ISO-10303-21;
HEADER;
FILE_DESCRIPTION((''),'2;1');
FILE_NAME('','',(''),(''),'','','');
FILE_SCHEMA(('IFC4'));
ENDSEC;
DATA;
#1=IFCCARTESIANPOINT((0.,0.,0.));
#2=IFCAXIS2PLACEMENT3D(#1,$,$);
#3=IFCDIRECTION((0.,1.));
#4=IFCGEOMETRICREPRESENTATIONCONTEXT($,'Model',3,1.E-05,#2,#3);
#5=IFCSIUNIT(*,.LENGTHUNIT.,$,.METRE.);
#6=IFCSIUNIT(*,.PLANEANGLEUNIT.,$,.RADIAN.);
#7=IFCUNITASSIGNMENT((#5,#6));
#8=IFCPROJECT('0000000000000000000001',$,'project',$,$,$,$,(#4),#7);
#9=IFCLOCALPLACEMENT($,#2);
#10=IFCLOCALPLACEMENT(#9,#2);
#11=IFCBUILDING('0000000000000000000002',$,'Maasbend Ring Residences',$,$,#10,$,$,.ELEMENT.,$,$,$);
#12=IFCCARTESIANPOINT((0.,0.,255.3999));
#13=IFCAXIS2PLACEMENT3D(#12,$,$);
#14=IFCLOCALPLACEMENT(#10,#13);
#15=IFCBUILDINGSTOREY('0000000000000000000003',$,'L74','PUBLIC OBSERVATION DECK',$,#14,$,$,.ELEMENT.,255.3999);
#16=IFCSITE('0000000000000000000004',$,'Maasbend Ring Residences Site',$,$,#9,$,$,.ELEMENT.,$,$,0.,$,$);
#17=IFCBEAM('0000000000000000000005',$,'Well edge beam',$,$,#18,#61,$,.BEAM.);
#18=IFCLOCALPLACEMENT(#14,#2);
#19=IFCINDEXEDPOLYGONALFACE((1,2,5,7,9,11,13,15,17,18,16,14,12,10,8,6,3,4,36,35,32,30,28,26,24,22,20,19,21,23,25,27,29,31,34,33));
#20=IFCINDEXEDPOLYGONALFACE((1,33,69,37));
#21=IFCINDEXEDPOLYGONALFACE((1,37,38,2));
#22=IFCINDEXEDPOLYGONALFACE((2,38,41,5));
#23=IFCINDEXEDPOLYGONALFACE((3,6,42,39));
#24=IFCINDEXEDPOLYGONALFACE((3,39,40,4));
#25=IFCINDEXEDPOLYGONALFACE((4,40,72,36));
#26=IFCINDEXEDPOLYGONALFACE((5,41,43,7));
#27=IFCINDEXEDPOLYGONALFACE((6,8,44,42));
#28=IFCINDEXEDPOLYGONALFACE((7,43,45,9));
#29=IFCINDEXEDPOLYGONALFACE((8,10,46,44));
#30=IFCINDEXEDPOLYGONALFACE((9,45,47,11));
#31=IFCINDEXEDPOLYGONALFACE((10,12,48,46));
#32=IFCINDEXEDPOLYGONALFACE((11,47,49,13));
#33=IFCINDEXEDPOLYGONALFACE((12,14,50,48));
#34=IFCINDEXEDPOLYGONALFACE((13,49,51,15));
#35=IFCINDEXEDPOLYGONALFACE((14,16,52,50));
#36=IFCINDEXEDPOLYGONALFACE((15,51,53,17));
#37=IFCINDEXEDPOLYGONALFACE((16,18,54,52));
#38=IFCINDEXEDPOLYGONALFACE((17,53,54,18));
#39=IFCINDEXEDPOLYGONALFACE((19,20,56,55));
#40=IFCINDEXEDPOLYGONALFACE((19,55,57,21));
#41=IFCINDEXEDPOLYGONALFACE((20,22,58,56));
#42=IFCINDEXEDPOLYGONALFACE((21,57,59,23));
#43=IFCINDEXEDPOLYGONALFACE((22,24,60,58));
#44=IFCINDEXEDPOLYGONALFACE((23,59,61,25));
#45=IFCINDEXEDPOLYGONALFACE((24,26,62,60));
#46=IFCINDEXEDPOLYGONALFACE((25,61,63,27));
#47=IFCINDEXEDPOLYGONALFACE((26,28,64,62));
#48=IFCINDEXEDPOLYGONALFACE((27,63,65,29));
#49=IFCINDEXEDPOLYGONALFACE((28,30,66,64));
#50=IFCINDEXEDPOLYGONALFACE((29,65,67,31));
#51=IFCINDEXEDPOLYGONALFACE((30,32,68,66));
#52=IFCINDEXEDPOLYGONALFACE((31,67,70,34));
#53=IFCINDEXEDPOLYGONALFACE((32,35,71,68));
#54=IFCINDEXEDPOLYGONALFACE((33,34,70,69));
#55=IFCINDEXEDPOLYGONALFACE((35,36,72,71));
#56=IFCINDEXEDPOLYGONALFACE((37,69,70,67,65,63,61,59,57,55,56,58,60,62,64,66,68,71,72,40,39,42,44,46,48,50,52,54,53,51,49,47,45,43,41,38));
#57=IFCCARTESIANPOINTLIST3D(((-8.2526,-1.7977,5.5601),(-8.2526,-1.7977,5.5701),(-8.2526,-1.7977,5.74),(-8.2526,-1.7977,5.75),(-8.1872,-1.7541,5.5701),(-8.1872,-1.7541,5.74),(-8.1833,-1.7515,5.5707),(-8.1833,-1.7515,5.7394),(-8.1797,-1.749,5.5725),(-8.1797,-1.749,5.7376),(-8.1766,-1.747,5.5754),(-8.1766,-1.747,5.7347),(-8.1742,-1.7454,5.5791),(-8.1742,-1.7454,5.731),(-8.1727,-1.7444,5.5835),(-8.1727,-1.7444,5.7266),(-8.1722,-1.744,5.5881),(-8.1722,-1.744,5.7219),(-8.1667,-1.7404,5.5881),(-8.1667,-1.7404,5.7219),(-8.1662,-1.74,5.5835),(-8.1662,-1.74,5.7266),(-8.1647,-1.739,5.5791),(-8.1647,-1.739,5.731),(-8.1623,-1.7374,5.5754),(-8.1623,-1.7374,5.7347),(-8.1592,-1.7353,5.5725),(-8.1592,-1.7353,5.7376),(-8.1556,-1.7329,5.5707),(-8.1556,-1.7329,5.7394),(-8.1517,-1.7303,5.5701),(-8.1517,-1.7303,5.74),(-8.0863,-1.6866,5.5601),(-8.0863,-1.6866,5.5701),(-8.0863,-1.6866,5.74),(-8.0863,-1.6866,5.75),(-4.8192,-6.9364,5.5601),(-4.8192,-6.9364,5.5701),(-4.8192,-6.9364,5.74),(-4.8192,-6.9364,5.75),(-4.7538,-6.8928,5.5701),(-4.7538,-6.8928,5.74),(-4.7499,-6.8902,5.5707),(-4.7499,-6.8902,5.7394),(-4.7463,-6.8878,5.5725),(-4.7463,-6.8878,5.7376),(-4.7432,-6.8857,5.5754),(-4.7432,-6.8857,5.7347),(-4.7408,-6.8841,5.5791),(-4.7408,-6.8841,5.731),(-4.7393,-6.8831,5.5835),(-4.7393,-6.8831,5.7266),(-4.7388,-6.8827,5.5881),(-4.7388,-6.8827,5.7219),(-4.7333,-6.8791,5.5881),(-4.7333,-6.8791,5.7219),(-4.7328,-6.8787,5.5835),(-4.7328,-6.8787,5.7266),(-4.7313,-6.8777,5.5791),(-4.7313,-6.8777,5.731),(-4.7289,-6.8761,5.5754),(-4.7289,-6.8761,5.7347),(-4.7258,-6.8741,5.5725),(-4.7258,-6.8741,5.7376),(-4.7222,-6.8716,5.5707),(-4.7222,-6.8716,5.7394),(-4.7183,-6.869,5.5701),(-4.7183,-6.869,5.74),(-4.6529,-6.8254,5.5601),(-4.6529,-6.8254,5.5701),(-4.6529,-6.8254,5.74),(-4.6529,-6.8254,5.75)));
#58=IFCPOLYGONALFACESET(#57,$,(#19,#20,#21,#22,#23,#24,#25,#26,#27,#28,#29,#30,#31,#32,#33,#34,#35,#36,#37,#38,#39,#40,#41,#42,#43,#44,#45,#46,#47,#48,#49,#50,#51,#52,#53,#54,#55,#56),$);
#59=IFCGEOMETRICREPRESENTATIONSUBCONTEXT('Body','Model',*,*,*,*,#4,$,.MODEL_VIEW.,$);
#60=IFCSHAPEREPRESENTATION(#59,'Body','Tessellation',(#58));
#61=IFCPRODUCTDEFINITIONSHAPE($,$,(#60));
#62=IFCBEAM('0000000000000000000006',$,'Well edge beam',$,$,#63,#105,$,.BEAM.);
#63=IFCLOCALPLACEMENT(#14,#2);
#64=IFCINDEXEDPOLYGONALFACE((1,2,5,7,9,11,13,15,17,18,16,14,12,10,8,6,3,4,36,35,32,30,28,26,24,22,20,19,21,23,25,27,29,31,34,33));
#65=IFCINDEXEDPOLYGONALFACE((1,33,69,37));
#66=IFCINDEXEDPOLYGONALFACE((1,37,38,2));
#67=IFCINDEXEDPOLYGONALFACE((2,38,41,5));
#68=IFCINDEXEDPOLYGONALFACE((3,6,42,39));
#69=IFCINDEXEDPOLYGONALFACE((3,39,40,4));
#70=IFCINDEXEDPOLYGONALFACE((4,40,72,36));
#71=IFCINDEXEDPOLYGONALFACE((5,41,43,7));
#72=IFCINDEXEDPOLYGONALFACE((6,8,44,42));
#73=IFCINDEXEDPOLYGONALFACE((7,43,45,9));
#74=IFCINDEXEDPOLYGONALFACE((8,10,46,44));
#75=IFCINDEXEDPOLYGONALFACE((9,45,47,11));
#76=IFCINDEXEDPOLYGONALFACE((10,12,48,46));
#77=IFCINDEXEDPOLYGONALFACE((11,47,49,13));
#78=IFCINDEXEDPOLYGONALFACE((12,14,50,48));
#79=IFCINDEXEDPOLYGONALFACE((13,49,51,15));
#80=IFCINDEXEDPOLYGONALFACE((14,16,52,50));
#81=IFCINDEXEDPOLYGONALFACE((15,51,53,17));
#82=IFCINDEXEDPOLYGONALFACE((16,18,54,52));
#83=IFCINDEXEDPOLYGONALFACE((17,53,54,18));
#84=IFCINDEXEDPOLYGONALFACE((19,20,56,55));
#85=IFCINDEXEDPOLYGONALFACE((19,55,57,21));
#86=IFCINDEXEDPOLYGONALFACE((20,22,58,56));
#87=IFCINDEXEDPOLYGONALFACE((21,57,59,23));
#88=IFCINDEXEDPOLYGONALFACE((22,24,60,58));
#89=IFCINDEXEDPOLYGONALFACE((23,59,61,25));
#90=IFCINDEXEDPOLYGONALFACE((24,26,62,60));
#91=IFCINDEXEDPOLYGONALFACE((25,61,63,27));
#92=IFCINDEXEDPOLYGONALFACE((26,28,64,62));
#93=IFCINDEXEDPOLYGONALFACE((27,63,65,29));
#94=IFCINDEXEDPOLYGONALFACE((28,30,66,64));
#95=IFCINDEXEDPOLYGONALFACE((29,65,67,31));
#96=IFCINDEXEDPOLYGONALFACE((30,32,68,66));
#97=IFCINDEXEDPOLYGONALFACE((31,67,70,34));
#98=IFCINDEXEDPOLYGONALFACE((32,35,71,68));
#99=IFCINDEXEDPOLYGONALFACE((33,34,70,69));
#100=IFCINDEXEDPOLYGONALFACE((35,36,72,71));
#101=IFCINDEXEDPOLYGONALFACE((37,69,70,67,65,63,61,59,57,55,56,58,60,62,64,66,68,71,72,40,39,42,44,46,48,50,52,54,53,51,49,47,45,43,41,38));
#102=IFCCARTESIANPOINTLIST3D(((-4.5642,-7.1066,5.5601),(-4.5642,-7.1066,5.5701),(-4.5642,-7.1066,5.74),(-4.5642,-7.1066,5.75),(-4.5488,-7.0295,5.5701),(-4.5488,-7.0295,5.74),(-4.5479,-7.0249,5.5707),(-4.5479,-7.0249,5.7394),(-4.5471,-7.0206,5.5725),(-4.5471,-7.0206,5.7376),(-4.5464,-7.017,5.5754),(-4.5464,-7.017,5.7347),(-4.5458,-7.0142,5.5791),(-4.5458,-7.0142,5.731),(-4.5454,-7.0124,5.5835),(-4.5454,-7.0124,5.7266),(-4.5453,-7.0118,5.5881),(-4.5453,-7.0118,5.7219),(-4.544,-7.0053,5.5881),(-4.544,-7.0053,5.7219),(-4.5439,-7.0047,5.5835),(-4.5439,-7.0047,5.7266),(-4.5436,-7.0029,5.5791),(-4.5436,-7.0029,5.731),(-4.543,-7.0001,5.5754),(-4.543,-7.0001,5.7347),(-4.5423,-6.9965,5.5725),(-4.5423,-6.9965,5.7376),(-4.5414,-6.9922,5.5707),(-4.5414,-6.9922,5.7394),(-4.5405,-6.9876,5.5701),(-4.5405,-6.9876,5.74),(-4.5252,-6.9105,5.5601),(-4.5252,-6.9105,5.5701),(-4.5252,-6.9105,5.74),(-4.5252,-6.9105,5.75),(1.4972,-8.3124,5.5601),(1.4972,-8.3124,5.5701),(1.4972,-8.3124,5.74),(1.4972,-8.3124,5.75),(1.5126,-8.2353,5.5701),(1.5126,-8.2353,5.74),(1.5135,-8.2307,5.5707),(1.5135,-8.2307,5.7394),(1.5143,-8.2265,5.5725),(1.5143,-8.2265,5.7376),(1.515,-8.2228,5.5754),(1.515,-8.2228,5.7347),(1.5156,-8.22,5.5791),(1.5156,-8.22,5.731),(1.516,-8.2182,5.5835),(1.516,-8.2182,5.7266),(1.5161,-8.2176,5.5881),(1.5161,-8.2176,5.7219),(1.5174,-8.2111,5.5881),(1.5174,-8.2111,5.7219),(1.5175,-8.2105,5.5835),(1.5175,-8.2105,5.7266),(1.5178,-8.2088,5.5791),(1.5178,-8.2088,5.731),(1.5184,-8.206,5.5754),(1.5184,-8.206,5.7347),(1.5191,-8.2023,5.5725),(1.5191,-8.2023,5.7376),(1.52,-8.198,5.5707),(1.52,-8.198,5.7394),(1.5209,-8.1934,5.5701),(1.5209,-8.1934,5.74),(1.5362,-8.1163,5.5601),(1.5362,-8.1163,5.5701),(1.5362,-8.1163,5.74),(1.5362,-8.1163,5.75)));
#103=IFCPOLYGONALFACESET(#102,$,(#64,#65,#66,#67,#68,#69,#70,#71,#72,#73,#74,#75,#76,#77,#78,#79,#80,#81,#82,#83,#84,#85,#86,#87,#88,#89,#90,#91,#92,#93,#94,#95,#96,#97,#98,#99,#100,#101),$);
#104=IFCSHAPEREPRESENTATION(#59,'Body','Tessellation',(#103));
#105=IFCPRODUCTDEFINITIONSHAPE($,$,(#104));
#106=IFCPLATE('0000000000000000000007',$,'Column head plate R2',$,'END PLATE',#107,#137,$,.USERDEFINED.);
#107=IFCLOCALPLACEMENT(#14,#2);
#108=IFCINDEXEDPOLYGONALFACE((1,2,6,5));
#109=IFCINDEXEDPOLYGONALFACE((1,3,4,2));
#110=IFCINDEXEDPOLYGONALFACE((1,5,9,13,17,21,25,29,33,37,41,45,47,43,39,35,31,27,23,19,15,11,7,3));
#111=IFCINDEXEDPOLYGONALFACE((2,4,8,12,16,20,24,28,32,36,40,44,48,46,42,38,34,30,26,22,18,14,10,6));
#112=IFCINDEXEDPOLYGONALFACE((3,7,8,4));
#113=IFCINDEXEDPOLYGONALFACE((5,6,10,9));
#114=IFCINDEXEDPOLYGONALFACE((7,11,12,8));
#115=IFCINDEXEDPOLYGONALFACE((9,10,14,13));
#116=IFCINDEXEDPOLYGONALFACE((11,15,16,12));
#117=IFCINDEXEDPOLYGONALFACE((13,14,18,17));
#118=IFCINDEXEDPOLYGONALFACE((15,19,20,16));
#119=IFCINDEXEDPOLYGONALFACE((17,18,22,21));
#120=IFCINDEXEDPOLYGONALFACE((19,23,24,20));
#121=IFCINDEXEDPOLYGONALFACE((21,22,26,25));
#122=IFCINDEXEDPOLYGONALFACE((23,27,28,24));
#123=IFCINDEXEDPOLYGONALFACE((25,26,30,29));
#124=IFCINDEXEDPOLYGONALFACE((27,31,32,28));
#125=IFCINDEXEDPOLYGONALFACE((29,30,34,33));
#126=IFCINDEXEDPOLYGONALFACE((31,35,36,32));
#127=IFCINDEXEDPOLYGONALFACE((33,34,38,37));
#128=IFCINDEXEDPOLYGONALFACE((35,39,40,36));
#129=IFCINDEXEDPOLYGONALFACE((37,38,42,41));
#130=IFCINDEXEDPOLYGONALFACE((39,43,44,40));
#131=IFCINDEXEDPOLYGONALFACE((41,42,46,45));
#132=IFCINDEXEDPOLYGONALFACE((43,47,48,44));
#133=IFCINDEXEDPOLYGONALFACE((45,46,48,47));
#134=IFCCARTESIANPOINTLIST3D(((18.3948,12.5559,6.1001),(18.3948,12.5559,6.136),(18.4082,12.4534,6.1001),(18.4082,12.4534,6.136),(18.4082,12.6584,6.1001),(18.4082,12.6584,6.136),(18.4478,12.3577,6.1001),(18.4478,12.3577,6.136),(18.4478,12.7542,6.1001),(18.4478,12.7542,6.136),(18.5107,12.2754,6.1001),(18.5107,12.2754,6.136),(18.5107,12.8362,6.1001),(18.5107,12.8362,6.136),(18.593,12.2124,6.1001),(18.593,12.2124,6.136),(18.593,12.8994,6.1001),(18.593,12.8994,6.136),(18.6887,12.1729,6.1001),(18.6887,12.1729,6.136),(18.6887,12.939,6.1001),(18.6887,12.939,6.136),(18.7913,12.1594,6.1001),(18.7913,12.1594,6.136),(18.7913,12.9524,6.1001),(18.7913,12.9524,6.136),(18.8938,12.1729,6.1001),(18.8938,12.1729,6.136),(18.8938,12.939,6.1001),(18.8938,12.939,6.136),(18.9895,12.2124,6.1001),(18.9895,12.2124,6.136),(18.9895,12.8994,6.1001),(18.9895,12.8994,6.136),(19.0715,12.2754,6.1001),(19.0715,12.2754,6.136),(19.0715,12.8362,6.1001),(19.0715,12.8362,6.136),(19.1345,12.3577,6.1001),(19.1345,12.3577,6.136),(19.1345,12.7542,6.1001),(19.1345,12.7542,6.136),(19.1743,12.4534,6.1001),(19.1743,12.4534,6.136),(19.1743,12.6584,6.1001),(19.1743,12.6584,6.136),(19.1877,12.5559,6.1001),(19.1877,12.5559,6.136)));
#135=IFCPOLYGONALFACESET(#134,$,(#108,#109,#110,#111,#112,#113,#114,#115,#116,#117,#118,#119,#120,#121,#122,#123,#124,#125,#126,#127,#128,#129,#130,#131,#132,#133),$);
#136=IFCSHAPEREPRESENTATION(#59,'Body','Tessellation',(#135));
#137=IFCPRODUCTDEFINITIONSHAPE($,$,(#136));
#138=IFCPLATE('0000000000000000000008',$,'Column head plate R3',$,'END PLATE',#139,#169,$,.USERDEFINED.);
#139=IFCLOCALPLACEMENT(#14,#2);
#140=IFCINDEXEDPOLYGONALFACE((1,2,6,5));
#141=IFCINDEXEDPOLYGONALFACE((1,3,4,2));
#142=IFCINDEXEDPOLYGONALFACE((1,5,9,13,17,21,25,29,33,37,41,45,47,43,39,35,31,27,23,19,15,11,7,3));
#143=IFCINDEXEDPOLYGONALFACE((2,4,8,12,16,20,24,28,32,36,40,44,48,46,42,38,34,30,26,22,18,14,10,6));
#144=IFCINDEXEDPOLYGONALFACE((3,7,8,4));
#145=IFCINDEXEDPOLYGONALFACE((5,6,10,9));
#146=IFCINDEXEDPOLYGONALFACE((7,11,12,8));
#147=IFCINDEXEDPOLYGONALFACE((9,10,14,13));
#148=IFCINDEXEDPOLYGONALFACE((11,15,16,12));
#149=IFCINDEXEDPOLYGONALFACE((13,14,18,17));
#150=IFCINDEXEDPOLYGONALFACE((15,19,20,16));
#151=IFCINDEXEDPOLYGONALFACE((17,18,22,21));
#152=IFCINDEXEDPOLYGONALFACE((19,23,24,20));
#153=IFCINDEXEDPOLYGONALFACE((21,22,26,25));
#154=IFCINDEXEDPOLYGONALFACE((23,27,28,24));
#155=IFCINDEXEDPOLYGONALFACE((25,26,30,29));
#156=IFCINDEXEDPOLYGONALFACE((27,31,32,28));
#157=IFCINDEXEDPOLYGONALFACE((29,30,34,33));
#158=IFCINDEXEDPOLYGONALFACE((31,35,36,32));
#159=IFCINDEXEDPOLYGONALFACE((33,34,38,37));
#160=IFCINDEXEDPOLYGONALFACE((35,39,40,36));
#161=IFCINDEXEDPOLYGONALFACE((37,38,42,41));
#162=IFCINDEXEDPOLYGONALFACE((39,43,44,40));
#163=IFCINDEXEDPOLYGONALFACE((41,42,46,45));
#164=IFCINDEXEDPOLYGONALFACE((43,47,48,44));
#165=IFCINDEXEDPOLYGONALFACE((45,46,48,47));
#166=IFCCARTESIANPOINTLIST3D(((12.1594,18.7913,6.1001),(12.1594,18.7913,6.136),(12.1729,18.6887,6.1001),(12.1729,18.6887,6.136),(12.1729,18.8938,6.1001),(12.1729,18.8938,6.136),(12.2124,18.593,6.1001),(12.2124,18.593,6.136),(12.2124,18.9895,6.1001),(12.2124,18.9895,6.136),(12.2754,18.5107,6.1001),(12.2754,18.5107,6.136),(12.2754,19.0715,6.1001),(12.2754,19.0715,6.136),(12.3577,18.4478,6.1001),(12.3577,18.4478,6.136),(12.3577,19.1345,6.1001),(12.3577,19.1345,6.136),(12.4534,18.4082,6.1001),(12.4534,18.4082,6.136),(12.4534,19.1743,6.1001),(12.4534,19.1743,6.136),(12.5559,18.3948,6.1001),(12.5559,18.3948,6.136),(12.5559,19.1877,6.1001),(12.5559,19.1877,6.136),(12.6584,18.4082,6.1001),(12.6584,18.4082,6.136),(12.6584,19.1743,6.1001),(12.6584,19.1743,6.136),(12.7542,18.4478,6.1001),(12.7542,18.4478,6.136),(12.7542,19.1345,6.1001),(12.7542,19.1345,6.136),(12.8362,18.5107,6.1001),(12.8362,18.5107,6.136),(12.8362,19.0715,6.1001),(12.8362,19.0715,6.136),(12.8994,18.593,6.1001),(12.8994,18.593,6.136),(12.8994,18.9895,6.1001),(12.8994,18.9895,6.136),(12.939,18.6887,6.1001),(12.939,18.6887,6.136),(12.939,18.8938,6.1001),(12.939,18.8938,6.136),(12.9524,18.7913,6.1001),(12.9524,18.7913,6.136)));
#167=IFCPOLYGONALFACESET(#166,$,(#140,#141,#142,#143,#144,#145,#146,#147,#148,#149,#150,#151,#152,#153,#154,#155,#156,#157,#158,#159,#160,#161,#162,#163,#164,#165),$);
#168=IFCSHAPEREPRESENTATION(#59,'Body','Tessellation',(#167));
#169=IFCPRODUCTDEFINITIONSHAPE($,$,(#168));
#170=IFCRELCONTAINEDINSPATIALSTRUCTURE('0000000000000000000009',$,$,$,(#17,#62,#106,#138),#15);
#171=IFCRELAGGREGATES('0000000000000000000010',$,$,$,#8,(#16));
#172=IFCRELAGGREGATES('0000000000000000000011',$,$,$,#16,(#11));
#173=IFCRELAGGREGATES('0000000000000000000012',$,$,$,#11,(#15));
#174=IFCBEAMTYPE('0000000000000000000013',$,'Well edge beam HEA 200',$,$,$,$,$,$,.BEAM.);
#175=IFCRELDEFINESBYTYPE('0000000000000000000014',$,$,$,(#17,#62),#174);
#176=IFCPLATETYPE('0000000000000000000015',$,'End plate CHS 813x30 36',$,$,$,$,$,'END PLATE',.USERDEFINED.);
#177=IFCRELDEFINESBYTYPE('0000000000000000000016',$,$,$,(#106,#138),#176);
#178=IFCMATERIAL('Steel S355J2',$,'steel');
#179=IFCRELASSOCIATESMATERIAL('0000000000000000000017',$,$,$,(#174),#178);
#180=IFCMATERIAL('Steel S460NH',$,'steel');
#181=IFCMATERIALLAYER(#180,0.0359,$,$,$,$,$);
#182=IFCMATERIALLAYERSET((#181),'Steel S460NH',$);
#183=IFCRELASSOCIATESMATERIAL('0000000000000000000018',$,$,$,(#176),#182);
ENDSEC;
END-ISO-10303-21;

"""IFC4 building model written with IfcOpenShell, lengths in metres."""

from ifc_helpers import new_model, si_unit, direction, frame, origin, origin_2d, place, context, subcontext, project, spatial, polyline, i_section, outline, extrude, material, layer, layer_set, material_profile, profile_set, type_object, element, save


model = new_model("IFC4")

# Units and contexts
model_context = context("Model", 3, precision=1e-05, world=origin(), true_north=direction((0.0, 1.0)))
body_context = subcontext(model_context, "Body", "Model", "MODEL_VIEW")
ifc_project = project(units=[si_unit("LENGTHUNIT", "METRE"), si_unit("PLANEANGLEUNIT", "RADIAN")], contexts=[model_context])

# Site, building, storey
site_placement = place(None, origin())
site = spatial("IfcSite", under=ifc_project, at=site_placement, Name="Maasbend Ring Residences Site", CompositionType="ELEMENT", RefElevation=0.0)
building_placement = place(site_placement, origin())
building = spatial("IfcBuilding", under=site, at=building_placement, Name="Maasbend Ring Residences", CompositionType="ELEMENT")
storey_placement = place(building_placement, frame((0.0, 0.0, 255.3999)))
storey = spatial("IfcBuildingStorey", under=building, at=storey_placement, Name="L74", Description="PUBLIC OBSERVATION DECK", CompositionType="ELEMENT", Elevation=255.3999)

# Beams
ifc_material_1 = material(Name="Steel S355J2", Category="steel")
ifc_material_profile_1 = material_profile(ifc_material_1, i_section(OverallWidth=0.2, OverallDepth=0.1899, WebThickness=0.0066, FlangeThickness=0.01, FilletRadius=0.0181, at=origin_2d()), Name="HEA 200")
ifc_profile_set_1 = profile_set([ifc_material_profile_1], Name="Steel S355J2")
beam_type_1 = type_object("IfcBeamType", Name="Well edge beam HEA 200", PredefinedType="BEAM", material=ifc_profile_set_1)
for number, where, z_axis, x_axis, name in (
    (1, (-8.1694, -1.7422, 5.655), (0.555548, -0.831485, 0.0), (0.831485, 0.555548, 0.0), "Well edge beam"),
    (2, (-4.5447, -7.0085, 5.655), (0.980781, -0.195113, 0.0), (0.195113, 0.980781, 0.0), "Well edge beam"),
):
    element("IfcBeam", number, at=place(storey_placement, frame(where, z_axis=z_axis, x_axis=x_axis)), inside=storey, type_object=beam_type_1, Name=name, PredefinedType="BEAM", context=body_context, shape_type="SweptSolid", body=[
        extrude(i_section(OverallWidth=0.2, OverallDepth=0.1899, WebThickness=0.0066, FlangeThickness=0.01, FilletRadius=0.0181, at=origin_2d()), origin(), (0.0, 0.0, 1.0), 6.1802),
    ])

# Plates
ifc_material_2 = material(Name="Steel S460NH", Category="steel")
ifc_layer_1 = layer(ifc_material_2, 0.0359)
ifc_layer_set_1 = layer_set([ifc_layer_1], Name="Steel S460NH")
plate_type = type_object("IfcPlateType", Name="End plate CHS 813x30 36", ElementType="END PLATE", PredefinedType="USERDEFINED", material=ifc_layer_set_1)
plate_1_placement = place(storey_placement, frame((0.0, 0.0, 6.1001)))
element("IfcPlate", 3, at=plate_1_placement, inside=storey, type_object=plate_type, Name="Column head plate R2", ObjectType="END PLATE", PredefinedType="USERDEFINED", context=body_context, shape_type="SweptSolid", body=[
    extrude(outline(polyline([(19.1877, 12.5559), (19.1743, 12.6584), (19.1345, 12.7542), (19.0715, 12.8362), (18.9895, 12.8994), (18.8938, 12.939), (18.7913, 12.9524), (18.6887, 12.939), (18.593, 12.8994), (18.5107, 12.8362), (18.4478, 12.7542), (18.4082, 12.6584), (18.3948, 12.5559), (18.4082, 12.4534), (18.4478, 12.3577), (18.5107, 12.2754), (18.593, 12.2124), (18.6887, 12.1729), (18.7913, 12.1594), (18.8938, 12.1729), (18.9895, 12.2124), (19.0715, 12.2754), (19.1345, 12.3577), (19.1743, 12.4534), (19.1877, 12.5559)])), origin(), (0.0, 0.0, 1.0), 0.0359),
])
plate_2_placement = place(storey_placement, frame((0.0, 0.0, 6.1001)))
element("IfcPlate", 4, at=plate_2_placement, inside=storey, type_object=plate_type, Name="Column head plate R3", ObjectType="END PLATE", PredefinedType="USERDEFINED", context=body_context, shape_type="SweptSolid", body=[
    extrude(outline(polyline([(12.9524, 18.7913), (12.939, 18.8938), (12.8994, 18.9895), (12.8362, 19.0715), (12.7542, 19.1345), (12.6584, 19.1743), (12.5559, 19.1877), (12.4534, 19.1743), (12.3577, 19.1345), (12.2754, 19.0715), (12.2124, 18.9895), (12.1729, 18.8938), (12.1594, 18.7913), (12.1729, 18.6887), (12.2124, 18.593), (12.2754, 18.5107), (12.3577, 18.4478), (12.4534, 18.4082), (12.5559, 18.3948), (12.6584, 18.4082), (12.7542, 18.4478), (12.8362, 18.5107), (12.8994, 18.593), (12.939, 18.6887), (12.9524, 18.7913)])), origin(), (0.0, 0.0, 1.0), 0.0359),
])

save(model, "model.ifc")
